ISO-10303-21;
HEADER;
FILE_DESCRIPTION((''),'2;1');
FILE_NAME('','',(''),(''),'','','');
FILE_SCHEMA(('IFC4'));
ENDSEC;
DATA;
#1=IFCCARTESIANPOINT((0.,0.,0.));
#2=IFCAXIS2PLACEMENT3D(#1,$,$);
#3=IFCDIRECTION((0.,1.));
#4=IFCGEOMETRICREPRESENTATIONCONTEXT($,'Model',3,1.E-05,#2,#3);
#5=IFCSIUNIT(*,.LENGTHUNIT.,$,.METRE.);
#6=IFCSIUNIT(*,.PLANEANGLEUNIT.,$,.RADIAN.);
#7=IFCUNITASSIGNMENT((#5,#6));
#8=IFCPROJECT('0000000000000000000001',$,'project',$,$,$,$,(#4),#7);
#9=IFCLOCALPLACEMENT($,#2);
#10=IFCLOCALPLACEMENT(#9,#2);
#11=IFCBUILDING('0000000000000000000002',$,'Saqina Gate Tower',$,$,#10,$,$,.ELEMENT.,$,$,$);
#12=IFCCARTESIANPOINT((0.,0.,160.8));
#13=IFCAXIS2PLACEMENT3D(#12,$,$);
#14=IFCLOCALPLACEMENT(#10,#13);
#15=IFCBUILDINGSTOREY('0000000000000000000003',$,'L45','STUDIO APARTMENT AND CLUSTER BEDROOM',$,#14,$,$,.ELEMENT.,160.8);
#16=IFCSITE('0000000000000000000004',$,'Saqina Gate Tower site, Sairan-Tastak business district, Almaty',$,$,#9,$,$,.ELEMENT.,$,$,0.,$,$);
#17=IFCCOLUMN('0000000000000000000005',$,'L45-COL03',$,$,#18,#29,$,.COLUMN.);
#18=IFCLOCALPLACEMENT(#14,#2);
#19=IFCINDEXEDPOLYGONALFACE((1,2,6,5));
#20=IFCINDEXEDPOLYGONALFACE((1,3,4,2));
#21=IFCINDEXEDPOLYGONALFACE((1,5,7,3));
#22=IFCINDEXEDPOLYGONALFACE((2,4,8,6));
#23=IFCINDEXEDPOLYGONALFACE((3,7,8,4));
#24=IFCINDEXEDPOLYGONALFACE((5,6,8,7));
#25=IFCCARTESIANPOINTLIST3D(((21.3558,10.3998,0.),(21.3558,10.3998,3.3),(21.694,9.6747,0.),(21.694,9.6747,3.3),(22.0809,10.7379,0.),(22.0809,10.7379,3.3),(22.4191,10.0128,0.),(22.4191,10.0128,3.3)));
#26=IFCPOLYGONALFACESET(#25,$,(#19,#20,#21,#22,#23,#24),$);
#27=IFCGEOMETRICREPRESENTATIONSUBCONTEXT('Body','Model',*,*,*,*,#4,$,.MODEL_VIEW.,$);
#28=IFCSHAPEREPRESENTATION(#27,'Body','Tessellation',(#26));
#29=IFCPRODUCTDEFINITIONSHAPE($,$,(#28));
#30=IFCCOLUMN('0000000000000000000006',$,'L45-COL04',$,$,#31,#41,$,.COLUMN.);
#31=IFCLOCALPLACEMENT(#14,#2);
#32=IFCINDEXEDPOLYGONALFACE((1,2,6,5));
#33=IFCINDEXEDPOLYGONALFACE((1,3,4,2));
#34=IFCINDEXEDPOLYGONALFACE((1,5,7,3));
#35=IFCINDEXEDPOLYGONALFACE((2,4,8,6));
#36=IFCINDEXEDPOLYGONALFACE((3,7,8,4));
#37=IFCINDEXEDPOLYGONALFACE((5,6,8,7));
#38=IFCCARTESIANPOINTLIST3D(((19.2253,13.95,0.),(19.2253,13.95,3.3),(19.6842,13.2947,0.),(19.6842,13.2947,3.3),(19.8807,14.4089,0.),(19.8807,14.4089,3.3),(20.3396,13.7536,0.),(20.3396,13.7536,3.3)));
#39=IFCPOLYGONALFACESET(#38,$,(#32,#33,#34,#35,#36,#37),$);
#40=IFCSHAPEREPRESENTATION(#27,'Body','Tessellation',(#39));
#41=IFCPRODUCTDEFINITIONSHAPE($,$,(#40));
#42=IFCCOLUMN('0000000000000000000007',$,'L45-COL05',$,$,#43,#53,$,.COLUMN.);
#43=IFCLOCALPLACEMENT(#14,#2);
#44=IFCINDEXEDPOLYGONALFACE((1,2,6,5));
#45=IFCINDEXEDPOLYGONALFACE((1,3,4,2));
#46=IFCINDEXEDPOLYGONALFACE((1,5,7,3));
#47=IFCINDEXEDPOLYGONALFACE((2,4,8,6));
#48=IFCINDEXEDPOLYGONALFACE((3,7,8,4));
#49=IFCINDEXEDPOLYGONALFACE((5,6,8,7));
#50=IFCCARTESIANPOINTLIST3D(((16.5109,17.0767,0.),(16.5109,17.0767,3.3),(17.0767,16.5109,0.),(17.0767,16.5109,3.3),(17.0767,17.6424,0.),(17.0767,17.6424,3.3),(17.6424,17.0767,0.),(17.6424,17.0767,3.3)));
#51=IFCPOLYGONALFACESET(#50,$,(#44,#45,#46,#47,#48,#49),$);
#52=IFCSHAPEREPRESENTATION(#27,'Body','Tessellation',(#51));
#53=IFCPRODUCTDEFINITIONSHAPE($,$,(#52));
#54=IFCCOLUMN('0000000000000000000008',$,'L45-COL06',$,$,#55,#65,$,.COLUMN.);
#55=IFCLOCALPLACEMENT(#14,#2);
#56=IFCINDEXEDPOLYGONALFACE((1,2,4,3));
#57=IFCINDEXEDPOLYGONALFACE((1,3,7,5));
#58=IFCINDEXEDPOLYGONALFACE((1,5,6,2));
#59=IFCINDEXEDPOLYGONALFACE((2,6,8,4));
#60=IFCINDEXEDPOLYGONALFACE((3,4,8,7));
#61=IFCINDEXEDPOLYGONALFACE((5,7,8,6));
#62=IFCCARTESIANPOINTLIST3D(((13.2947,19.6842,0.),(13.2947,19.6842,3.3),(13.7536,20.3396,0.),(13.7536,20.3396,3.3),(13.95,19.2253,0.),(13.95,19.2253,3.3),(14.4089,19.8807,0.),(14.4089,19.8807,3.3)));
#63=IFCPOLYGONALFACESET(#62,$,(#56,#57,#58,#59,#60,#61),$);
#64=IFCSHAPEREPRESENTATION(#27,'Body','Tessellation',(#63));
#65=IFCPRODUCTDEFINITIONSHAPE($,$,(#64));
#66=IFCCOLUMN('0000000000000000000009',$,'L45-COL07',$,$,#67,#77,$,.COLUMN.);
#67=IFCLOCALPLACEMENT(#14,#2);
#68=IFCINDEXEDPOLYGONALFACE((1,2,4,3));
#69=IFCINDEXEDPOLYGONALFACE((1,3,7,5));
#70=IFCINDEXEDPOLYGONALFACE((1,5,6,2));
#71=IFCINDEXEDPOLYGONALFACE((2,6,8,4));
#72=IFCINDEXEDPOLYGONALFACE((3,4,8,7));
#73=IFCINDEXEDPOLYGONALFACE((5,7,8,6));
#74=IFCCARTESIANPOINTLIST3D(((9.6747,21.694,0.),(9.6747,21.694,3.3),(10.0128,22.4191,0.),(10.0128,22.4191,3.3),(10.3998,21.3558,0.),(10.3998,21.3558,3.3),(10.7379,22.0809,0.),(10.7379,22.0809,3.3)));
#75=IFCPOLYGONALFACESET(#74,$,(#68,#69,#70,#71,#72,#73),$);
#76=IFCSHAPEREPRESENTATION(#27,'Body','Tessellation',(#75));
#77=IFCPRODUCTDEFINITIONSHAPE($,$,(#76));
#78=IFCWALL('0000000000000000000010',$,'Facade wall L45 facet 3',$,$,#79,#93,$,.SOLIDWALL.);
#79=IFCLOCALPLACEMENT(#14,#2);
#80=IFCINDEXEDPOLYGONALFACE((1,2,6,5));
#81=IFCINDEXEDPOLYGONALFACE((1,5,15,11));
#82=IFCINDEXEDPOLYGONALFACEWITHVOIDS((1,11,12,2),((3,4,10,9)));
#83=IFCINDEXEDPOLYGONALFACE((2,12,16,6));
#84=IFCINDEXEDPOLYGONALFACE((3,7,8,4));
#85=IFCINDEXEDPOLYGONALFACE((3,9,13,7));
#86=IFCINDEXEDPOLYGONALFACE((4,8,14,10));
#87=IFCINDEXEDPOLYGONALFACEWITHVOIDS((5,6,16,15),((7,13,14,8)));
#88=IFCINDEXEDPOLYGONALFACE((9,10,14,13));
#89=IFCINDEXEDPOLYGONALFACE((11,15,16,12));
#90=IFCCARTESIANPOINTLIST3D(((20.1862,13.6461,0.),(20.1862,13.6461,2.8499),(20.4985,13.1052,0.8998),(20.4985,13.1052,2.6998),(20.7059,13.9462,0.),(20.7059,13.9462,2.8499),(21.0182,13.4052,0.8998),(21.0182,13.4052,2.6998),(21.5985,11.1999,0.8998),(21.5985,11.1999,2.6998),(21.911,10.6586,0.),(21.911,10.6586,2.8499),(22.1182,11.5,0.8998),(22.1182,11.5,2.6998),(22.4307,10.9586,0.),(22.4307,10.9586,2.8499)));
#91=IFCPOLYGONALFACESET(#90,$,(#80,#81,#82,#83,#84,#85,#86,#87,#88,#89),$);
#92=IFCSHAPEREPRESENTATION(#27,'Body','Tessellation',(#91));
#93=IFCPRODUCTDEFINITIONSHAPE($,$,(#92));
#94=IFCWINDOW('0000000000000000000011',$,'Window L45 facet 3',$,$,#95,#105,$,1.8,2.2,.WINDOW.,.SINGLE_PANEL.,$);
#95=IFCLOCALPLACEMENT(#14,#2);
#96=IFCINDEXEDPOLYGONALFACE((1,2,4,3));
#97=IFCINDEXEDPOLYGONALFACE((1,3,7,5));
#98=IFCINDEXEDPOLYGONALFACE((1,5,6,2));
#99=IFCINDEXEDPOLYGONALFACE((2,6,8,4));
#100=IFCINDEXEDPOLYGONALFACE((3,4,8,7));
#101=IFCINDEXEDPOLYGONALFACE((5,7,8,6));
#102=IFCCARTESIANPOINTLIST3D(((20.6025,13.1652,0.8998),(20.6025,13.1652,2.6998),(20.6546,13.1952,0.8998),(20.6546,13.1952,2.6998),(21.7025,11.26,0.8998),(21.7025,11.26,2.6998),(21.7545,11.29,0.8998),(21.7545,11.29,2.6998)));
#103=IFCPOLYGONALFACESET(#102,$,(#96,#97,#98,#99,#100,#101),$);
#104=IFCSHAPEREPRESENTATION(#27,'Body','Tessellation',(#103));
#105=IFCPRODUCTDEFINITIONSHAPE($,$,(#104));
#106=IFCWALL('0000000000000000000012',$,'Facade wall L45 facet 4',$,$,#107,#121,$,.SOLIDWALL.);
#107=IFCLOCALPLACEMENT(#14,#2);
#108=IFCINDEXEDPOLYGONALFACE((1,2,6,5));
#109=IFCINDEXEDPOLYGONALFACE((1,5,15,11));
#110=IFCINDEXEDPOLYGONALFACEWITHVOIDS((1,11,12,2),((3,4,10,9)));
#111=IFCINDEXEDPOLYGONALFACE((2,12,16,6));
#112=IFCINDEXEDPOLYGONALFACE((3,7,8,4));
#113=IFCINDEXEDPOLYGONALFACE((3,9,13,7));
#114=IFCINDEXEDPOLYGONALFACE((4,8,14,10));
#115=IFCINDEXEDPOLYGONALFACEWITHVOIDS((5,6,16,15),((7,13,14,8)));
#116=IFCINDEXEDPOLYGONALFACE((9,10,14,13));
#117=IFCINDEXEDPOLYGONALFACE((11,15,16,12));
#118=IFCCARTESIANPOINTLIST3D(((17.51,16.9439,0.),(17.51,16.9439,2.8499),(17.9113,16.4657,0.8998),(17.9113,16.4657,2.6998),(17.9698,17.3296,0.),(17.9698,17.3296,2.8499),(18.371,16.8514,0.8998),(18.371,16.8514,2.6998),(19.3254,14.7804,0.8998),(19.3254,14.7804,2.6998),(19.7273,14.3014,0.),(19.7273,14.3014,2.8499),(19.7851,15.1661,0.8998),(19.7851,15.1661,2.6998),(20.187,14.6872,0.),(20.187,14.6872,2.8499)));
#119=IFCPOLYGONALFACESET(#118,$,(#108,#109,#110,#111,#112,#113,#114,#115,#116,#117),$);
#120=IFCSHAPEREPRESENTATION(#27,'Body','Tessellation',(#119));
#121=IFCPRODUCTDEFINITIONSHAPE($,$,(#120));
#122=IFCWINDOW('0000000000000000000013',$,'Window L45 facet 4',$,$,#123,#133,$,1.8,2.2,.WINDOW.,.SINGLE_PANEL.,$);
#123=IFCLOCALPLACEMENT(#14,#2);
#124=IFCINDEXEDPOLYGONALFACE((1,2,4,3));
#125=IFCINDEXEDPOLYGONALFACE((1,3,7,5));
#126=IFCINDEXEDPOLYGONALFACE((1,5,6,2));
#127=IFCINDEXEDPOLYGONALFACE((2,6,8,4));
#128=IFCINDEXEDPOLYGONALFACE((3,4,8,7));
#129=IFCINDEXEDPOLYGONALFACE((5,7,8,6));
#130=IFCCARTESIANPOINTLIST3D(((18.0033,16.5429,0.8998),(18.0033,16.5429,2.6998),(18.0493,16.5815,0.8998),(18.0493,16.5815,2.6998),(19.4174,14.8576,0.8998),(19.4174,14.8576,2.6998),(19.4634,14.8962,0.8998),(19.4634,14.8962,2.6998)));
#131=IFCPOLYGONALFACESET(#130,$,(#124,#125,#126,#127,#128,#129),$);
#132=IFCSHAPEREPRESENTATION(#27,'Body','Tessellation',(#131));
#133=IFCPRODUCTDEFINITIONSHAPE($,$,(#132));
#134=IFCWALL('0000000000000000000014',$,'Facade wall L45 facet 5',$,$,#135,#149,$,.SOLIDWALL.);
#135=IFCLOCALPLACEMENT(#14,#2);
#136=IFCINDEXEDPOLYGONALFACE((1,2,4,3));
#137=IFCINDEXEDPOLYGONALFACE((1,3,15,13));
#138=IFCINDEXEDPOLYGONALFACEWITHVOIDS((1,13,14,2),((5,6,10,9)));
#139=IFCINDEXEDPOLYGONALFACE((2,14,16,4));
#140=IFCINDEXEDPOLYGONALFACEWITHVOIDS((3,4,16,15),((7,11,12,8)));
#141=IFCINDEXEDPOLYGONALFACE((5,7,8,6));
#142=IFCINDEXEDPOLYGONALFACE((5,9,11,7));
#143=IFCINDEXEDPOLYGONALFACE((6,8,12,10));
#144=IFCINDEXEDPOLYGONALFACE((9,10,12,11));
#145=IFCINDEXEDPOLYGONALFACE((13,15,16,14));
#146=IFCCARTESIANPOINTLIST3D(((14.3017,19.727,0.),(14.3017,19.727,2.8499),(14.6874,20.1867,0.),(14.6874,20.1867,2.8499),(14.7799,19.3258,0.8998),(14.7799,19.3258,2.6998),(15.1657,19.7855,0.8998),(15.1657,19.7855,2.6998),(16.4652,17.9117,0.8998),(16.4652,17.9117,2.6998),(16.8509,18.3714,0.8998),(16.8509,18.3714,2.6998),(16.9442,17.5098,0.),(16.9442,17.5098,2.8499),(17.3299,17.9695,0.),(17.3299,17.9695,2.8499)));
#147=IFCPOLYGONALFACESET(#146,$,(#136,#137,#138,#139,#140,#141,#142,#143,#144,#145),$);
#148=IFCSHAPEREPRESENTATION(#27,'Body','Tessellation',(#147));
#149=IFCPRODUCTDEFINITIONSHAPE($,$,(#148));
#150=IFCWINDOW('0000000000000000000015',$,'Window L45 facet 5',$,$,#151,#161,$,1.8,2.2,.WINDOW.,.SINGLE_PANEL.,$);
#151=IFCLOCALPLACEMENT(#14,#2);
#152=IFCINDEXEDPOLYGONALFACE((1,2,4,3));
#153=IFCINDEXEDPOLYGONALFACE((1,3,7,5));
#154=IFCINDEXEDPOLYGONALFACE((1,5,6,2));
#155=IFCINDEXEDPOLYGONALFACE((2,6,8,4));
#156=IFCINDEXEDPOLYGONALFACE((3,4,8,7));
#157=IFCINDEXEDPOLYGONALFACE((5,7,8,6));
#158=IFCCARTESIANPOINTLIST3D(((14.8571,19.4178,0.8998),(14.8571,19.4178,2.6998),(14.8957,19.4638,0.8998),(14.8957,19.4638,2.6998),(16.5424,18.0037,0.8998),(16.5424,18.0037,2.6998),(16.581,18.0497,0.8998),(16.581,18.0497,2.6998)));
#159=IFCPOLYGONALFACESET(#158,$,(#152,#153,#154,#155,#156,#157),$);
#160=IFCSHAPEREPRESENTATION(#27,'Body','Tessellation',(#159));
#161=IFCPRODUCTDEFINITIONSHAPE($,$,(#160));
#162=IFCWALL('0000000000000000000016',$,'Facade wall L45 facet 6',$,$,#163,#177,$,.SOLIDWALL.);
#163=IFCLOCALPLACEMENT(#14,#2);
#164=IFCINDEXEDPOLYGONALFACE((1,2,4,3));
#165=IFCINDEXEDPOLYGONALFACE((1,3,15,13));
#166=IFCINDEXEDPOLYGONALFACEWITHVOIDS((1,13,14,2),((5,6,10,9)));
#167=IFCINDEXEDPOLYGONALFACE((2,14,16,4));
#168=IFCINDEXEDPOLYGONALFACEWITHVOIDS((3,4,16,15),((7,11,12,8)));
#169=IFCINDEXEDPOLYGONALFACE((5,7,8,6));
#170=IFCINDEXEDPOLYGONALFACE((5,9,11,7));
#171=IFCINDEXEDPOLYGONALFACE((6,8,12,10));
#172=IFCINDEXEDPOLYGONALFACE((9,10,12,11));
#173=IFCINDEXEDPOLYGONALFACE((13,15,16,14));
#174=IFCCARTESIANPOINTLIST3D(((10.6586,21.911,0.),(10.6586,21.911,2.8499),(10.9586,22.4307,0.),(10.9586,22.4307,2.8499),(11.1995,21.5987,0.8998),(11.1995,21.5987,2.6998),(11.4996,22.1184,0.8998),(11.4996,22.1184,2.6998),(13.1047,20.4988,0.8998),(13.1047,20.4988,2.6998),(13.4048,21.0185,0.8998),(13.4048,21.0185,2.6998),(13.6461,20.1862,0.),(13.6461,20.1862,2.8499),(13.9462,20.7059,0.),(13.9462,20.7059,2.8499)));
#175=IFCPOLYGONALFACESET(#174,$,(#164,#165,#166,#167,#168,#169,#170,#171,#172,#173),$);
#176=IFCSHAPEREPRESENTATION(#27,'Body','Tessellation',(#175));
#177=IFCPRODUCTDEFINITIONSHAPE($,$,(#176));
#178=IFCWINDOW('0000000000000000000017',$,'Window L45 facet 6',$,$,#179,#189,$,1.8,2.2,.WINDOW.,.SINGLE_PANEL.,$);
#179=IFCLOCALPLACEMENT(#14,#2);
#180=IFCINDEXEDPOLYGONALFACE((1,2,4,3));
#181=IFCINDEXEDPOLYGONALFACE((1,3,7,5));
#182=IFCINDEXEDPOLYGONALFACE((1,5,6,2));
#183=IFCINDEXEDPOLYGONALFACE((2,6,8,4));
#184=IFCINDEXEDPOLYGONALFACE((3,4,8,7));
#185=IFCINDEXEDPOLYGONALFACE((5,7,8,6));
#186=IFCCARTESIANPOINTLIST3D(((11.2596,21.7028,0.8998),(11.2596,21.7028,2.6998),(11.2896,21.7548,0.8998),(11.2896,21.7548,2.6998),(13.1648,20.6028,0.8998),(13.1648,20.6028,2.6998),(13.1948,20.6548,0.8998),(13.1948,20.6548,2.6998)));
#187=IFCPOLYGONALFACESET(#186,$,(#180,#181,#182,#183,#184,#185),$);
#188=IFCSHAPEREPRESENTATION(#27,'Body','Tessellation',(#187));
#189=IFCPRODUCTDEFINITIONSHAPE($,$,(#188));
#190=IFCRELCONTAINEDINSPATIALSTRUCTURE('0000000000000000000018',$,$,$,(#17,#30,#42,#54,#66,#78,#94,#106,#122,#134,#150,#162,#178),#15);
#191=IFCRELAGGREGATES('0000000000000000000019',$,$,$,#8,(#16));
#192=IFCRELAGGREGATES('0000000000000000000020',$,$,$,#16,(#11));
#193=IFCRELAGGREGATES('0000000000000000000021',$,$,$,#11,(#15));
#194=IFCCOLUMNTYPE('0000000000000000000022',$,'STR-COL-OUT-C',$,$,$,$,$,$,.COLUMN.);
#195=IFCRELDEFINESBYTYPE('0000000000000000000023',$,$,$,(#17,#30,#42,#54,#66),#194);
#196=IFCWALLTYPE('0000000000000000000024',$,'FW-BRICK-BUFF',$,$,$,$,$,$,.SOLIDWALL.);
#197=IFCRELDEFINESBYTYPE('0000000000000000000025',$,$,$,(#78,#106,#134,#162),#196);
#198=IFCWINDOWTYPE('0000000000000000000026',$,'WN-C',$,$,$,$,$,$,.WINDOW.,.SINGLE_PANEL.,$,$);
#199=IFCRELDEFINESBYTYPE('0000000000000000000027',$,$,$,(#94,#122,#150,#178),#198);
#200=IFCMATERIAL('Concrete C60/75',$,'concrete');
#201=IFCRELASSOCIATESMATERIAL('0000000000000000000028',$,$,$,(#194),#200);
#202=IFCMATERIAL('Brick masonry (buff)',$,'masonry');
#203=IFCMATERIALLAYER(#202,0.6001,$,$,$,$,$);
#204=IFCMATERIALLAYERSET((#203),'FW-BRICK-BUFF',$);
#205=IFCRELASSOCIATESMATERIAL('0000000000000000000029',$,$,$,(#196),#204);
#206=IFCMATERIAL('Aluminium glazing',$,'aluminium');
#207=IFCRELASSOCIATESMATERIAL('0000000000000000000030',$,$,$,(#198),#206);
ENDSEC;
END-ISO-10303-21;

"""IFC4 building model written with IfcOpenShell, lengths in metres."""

from ifc_helpers import new_model, si_unit, direction, frame, frame_2d, origin, origin_2d, place, context, subcontext, project, spatial, rectangle, extrude, material, layer, layer_set, material_profile, profile_set, type_object, element, fill, save


model = new_model("IFC4")

# Units and contexts
model_context = context("Model", 3, precision=1e-05, world=origin(), true_north=direction((0.0, 1.0)))
body_context = subcontext(model_context, "Body", "Model", "MODEL_VIEW")
ifc_project = project(units=[si_unit("LENGTHUNIT", "METRE"), si_unit("PLANEANGLEUNIT", "RADIAN")], contexts=[model_context])

# Site, building, storey
site_placement = place(None, origin())
site = spatial("IfcSite", under=ifc_project, at=site_placement, Name="Saqina Gate Tower site, Sairan-Tastak business district, Almaty", CompositionType="ELEMENT", RefElevation=0.0)
building_placement = place(site_placement, origin())
building = spatial("IfcBuilding", under=site, at=building_placement, Name="Saqina Gate Tower", CompositionType="ELEMENT")
storey_placement = place(building_placement, frame((0.0, 0.0, 160.8)))
storey = spatial("IfcBuildingStorey", under=building, at=storey_placement, Name="L45", Description="STUDIO APARTMENT AND CLUSTER BEDROOM", CompositionType="ELEMENT", Elevation=160.8)

# Columns
ifc_material_1 = material(Name="Concrete C60/75", Category="concrete")
ifc_material_profile = material_profile(ifc_material_1, rectangle(XDim=0.8, YDim=0.8, at=origin_2d()), Name="RC 800x800")
ifc_profile_set = profile_set([ifc_material_profile], Name="Concrete C60/75")
column_type = type_object("IfcColumnType", Name="STR-COL-OUT-C", PredefinedType="COLUMN", material=ifc_profile_set)
for number, where, z_axis, x_axis, name in (
    (1, (21.8875, 10.2063, 0.0), (0.0, 0.0, 1.0), (0.906308, 0.422618, 0.0), "L45-COL03"),
    (2, (19.7825, 13.8518, 0.0), (0.0, 0.0, 1.0), (0.819152, 0.573576, 0.0), "L45-COL04"),
    (3, (17.0767, 17.0767, 0.0), (0.0, 0.0, 1.0), (0.707107, 0.707107, 0.0), "L45-COL05"),
    (4, (13.8518, 19.7825, 0.0), (0.0, 0.0, 1.0), (0.573576, 0.819152, 0.0), "L45-COL06"),
    (5, (10.2063, 21.8875, 0.0), (0.0, 0.0, 1.0), (0.422618, 0.906308, 0.0), "L45-COL07"),
):
    element("IfcColumn", number, at=place(storey_placement, frame(where, z_axis=z_axis, x_axis=x_axis)), inside=storey, type_object=column_type, Name=name, PredefinedType="COLUMN", context=body_context, shape_type="SweptSolid", body=[
        extrude(rectangle(XDim=0.8, YDim=0.8, at=origin_2d()), origin(), (0.0, 0.0, 1.0), 3.3),
    ])

# Walls, openings, windows
ifc_material_2 = material(Name="Brick masonry (buff)", Category="masonry")
ifc_layer_1 = layer(ifc_material_2, 0.6001)
ifc_layer_set_1 = layer_set([ifc_layer_1], Name="FW-BRICK-BUFF")
wall_type_1 = type_object("IfcWallType", Name="FW-BRICK-BUFF", PredefinedType="SOLIDWALL", material=ifc_layer_set_1)
wall_1_placement = place(storey_placement, frame((22.1709, 10.8086, 0.0), z_axis=(0.0, 0.0, 1.0), x_axis=(-0.499998, 0.866026, 0.0)))
wall_1 = element("IfcWall", 6, at=wall_1_placement, inside=storey, type_object=wall_type_1, Name="Facade wall L45 facet 3", PredefinedType="SOLIDWALL", context=body_context, shape_type="SweptSolid", body=[
    extrude(rectangle(XDim=3.4497, YDim=0.6001, at=frame_2d((1.7249, 0.0))), origin(), (0.0, 0.0, 1.0), 2.8499),
])
opening_1_placement = place(wall_1_placement, frame((0.625, 0.0, 0.8999)))
opening_1 = element("IfcOpeningElement", 7, at=opening_1_placement, cuts=wall_1, PredefinedType="OPENING", context=body_context, shape_type="SweptSolid", body=[
    extrude(rectangle(XDim=2.2, YDim=1.8, at=frame_2d((1.1001, 0.8999))), frame((0.0, 0.312, 0.0), z_axis=(0.0, -1.0, 0.0), x_axis=(1.0, 0.0, 0.0)), (0.0, 0.0, 1.0), 0.624),
])
ifc_material_3 = material(Name="Aluminium glazing", Category="aluminium")
window_type = type_object("IfcWindowType", Name="WN-C", PartitioningType="SINGLE_PANEL", PredefinedType="WINDOW", material=ifc_material_3)
window_1_placement = place(opening_1_placement, origin())
window_1 = element("IfcWindow", 8, at=window_1_placement, inside=storey, type_object=window_type, Name="Window L45 facet 3", OverallHeight=1.8, OverallWidth=2.2, PartitioningType="SINGLE_PANEL", PredefinedType="WINDOW", context=body_context, shape_type="SweptSolid", body=[
    extrude(rectangle(XDim=2.2, YDim=1.8, at=frame_2d((1.1001, 0.8999))), frame((0.0, 0.1799, 0.0), z_axis=(0.0, -1.0, 0.0), x_axis=(1.0, 0.0, 0.0)), (0.0, 0.0, 1.0), 0.0601),
])
fill(opening_1, window_1)
wall_2_placement = place(storey_placement, frame((19.957, 14.4944, 0.0), z_axis=(0.0, 0.0, 1.0), x_axis=(-0.64277, 0.766059, 0.0)))
wall_2 = element("IfcWall", 9, at=wall_2_placement, inside=storey, type_object=wall_type_1, Name="Facade wall L45 facet 4", PredefinedType="SOLIDWALL", context=body_context, shape_type="SweptSolid", body=[
    extrude(rectangle(XDim=3.4495, YDim=0.6001, at=frame_2d((1.7246, 0.0))), origin(), (0.0, 0.0, 1.0), 2.8499),
])
opening_2_placement = place(wall_2_placement, frame((0.625, 0.0, 0.8999)))
opening_2 = element("IfcOpeningElement", 10, at=opening_2_placement, cuts=wall_2, PredefinedType="OPENING", context=body_context, shape_type="SweptSolid", body=[
    extrude(rectangle(XDim=2.2, YDim=1.8, at=frame_2d((1.1001, 0.8999))), frame((0.0, 0.312, 0.0), z_axis=(0.0, -1.0, 0.0), x_axis=(1.0, 0.0, 0.0)), (0.0, 0.0, 1.0), 0.624),
])
window_2_placement = place(opening_2_placement, origin())
window_2 = element("IfcWindow", 11, at=window_2_placement, inside=storey, type_object=window_type, Name="Window L45 facet 4", OverallHeight=1.8, OverallWidth=2.2, PartitioningType="SINGLE_PANEL", PredefinedType="WINDOW", context=body_context, shape_type="SweptSolid", body=[
    extrude(rectangle(XDim=2.2, YDim=1.8, at=frame_2d((1.1001, 0.8999))), frame((0.0, 0.1799, 0.0), z_axis=(0.0, -1.0, 0.0), x_axis=(1.0, 0.0, 0.0)), (0.0, 0.0, 1.0), 0.0601),
])
fill(opening_2, window_2)
wall_3_placement = place(storey_placement, frame((17.137, 17.7397, 0.0), z_axis=(0.0, 0.0, 1.0), x_axis=(-0.766059, 0.64277, 0.0)))
wall_3 = element("IfcWall", 12, at=wall_3_placement, inside=storey, type_object=wall_type_1, Name="Facade wall L45 facet 5", PredefinedType="SOLIDWALL", context=body_context, shape_type="SweptSolid", body=[
    extrude(rectangle(XDim=3.4495, YDim=0.6001, at=frame_2d((1.7246, 0.0))), origin(), (0.0, 0.0, 1.0), 2.8499),
])
opening_3_placement = place(wall_3_placement, frame((0.625, 0.0, 0.8999)))
opening_3 = element("IfcOpeningElement", 13, at=opening_3_placement, cuts=wall_3, PredefinedType="OPENING", context=body_context, shape_type="SweptSolid", body=[
    extrude(rectangle(XDim=2.2, YDim=1.8, at=frame_2d((1.1001, 0.8999))), frame((0.0, 0.312, 0.0), z_axis=(0.0, -1.0, 0.0), x_axis=(1.0, 0.0, 0.0)), (0.0, 0.0, 1.0), 0.624),
])
window_3_placement = place(opening_3_placement, origin())
window_3 = element("IfcWindow", 14, at=window_3_placement, inside=storey, type_object=window_type, Name="Window L45 facet 5", OverallHeight=1.8, OverallWidth=2.2, PartitioningType="SINGLE_PANEL", PredefinedType="WINDOW", context=body_context, shape_type="SweptSolid", body=[
    extrude(rectangle(XDim=2.2, YDim=1.8, at=frame_2d((1.1001, 0.8999))), frame((0.0, 0.1799, 0.0), z_axis=(0.0, -1.0, 0.0), x_axis=(1.0, 0.0, 0.0)), (0.0, 0.0, 1.0), 0.0601),
])
fill(opening_3, window_3)
wall_4_placement = place(storey_placement, frame((13.7961, 20.446, 0.0), z_axis=(0.0, 0.0, 1.0), x_axis=(-0.866026, 0.499998, 0.0)))
wall_4 = element("IfcWall", 15, at=wall_4_placement, inside=storey, type_object=wall_type_1, Name="Facade wall L45 facet 6", PredefinedType="SOLIDWALL", context=body_context, shape_type="SweptSolid", body=[
    extrude(rectangle(XDim=3.4497, YDim=0.6001, at=frame_2d((1.7249, 0.0))), origin(), (0.0, 0.0, 1.0), 2.8499),
])
opening_4_placement = place(wall_4_placement, frame((0.625, 0.0, 0.8999)))
opening_4 = element("IfcOpeningElement", 16, at=opening_4_placement, cuts=wall_4, PredefinedType="OPENING", context=body_context, shape_type="SweptSolid", body=[
    extrude(rectangle(XDim=2.2, YDim=1.8, at=frame_2d((1.1001, 0.8999))), frame((0.0, 0.312, 0.0), z_axis=(0.0, -1.0, 0.0), x_axis=(1.0, 0.0, 0.0)), (0.0, 0.0, 1.0), 0.624),
])
window_4_placement = place(opening_4_placement, origin())
window_4 = element("IfcWindow", 17, at=window_4_placement, inside=storey, type_object=window_type, Name="Window L45 facet 6", OverallHeight=1.8, OverallWidth=2.2, PartitioningType="SINGLE_PANEL", PredefinedType="WINDOW", context=body_context, shape_type="SweptSolid", body=[
    extrude(rectangle(XDim=2.2, YDim=1.8, at=frame_2d((1.1001, 0.8999))), frame((0.0, 0.1799, 0.0), z_axis=(0.0, -1.0, 0.0), x_axis=(1.0, 0.0, 0.0)), (0.0, 0.0, 1.0), 0.0601),
])
fill(opening_4, window_4)

save(model, "model.ifc")
